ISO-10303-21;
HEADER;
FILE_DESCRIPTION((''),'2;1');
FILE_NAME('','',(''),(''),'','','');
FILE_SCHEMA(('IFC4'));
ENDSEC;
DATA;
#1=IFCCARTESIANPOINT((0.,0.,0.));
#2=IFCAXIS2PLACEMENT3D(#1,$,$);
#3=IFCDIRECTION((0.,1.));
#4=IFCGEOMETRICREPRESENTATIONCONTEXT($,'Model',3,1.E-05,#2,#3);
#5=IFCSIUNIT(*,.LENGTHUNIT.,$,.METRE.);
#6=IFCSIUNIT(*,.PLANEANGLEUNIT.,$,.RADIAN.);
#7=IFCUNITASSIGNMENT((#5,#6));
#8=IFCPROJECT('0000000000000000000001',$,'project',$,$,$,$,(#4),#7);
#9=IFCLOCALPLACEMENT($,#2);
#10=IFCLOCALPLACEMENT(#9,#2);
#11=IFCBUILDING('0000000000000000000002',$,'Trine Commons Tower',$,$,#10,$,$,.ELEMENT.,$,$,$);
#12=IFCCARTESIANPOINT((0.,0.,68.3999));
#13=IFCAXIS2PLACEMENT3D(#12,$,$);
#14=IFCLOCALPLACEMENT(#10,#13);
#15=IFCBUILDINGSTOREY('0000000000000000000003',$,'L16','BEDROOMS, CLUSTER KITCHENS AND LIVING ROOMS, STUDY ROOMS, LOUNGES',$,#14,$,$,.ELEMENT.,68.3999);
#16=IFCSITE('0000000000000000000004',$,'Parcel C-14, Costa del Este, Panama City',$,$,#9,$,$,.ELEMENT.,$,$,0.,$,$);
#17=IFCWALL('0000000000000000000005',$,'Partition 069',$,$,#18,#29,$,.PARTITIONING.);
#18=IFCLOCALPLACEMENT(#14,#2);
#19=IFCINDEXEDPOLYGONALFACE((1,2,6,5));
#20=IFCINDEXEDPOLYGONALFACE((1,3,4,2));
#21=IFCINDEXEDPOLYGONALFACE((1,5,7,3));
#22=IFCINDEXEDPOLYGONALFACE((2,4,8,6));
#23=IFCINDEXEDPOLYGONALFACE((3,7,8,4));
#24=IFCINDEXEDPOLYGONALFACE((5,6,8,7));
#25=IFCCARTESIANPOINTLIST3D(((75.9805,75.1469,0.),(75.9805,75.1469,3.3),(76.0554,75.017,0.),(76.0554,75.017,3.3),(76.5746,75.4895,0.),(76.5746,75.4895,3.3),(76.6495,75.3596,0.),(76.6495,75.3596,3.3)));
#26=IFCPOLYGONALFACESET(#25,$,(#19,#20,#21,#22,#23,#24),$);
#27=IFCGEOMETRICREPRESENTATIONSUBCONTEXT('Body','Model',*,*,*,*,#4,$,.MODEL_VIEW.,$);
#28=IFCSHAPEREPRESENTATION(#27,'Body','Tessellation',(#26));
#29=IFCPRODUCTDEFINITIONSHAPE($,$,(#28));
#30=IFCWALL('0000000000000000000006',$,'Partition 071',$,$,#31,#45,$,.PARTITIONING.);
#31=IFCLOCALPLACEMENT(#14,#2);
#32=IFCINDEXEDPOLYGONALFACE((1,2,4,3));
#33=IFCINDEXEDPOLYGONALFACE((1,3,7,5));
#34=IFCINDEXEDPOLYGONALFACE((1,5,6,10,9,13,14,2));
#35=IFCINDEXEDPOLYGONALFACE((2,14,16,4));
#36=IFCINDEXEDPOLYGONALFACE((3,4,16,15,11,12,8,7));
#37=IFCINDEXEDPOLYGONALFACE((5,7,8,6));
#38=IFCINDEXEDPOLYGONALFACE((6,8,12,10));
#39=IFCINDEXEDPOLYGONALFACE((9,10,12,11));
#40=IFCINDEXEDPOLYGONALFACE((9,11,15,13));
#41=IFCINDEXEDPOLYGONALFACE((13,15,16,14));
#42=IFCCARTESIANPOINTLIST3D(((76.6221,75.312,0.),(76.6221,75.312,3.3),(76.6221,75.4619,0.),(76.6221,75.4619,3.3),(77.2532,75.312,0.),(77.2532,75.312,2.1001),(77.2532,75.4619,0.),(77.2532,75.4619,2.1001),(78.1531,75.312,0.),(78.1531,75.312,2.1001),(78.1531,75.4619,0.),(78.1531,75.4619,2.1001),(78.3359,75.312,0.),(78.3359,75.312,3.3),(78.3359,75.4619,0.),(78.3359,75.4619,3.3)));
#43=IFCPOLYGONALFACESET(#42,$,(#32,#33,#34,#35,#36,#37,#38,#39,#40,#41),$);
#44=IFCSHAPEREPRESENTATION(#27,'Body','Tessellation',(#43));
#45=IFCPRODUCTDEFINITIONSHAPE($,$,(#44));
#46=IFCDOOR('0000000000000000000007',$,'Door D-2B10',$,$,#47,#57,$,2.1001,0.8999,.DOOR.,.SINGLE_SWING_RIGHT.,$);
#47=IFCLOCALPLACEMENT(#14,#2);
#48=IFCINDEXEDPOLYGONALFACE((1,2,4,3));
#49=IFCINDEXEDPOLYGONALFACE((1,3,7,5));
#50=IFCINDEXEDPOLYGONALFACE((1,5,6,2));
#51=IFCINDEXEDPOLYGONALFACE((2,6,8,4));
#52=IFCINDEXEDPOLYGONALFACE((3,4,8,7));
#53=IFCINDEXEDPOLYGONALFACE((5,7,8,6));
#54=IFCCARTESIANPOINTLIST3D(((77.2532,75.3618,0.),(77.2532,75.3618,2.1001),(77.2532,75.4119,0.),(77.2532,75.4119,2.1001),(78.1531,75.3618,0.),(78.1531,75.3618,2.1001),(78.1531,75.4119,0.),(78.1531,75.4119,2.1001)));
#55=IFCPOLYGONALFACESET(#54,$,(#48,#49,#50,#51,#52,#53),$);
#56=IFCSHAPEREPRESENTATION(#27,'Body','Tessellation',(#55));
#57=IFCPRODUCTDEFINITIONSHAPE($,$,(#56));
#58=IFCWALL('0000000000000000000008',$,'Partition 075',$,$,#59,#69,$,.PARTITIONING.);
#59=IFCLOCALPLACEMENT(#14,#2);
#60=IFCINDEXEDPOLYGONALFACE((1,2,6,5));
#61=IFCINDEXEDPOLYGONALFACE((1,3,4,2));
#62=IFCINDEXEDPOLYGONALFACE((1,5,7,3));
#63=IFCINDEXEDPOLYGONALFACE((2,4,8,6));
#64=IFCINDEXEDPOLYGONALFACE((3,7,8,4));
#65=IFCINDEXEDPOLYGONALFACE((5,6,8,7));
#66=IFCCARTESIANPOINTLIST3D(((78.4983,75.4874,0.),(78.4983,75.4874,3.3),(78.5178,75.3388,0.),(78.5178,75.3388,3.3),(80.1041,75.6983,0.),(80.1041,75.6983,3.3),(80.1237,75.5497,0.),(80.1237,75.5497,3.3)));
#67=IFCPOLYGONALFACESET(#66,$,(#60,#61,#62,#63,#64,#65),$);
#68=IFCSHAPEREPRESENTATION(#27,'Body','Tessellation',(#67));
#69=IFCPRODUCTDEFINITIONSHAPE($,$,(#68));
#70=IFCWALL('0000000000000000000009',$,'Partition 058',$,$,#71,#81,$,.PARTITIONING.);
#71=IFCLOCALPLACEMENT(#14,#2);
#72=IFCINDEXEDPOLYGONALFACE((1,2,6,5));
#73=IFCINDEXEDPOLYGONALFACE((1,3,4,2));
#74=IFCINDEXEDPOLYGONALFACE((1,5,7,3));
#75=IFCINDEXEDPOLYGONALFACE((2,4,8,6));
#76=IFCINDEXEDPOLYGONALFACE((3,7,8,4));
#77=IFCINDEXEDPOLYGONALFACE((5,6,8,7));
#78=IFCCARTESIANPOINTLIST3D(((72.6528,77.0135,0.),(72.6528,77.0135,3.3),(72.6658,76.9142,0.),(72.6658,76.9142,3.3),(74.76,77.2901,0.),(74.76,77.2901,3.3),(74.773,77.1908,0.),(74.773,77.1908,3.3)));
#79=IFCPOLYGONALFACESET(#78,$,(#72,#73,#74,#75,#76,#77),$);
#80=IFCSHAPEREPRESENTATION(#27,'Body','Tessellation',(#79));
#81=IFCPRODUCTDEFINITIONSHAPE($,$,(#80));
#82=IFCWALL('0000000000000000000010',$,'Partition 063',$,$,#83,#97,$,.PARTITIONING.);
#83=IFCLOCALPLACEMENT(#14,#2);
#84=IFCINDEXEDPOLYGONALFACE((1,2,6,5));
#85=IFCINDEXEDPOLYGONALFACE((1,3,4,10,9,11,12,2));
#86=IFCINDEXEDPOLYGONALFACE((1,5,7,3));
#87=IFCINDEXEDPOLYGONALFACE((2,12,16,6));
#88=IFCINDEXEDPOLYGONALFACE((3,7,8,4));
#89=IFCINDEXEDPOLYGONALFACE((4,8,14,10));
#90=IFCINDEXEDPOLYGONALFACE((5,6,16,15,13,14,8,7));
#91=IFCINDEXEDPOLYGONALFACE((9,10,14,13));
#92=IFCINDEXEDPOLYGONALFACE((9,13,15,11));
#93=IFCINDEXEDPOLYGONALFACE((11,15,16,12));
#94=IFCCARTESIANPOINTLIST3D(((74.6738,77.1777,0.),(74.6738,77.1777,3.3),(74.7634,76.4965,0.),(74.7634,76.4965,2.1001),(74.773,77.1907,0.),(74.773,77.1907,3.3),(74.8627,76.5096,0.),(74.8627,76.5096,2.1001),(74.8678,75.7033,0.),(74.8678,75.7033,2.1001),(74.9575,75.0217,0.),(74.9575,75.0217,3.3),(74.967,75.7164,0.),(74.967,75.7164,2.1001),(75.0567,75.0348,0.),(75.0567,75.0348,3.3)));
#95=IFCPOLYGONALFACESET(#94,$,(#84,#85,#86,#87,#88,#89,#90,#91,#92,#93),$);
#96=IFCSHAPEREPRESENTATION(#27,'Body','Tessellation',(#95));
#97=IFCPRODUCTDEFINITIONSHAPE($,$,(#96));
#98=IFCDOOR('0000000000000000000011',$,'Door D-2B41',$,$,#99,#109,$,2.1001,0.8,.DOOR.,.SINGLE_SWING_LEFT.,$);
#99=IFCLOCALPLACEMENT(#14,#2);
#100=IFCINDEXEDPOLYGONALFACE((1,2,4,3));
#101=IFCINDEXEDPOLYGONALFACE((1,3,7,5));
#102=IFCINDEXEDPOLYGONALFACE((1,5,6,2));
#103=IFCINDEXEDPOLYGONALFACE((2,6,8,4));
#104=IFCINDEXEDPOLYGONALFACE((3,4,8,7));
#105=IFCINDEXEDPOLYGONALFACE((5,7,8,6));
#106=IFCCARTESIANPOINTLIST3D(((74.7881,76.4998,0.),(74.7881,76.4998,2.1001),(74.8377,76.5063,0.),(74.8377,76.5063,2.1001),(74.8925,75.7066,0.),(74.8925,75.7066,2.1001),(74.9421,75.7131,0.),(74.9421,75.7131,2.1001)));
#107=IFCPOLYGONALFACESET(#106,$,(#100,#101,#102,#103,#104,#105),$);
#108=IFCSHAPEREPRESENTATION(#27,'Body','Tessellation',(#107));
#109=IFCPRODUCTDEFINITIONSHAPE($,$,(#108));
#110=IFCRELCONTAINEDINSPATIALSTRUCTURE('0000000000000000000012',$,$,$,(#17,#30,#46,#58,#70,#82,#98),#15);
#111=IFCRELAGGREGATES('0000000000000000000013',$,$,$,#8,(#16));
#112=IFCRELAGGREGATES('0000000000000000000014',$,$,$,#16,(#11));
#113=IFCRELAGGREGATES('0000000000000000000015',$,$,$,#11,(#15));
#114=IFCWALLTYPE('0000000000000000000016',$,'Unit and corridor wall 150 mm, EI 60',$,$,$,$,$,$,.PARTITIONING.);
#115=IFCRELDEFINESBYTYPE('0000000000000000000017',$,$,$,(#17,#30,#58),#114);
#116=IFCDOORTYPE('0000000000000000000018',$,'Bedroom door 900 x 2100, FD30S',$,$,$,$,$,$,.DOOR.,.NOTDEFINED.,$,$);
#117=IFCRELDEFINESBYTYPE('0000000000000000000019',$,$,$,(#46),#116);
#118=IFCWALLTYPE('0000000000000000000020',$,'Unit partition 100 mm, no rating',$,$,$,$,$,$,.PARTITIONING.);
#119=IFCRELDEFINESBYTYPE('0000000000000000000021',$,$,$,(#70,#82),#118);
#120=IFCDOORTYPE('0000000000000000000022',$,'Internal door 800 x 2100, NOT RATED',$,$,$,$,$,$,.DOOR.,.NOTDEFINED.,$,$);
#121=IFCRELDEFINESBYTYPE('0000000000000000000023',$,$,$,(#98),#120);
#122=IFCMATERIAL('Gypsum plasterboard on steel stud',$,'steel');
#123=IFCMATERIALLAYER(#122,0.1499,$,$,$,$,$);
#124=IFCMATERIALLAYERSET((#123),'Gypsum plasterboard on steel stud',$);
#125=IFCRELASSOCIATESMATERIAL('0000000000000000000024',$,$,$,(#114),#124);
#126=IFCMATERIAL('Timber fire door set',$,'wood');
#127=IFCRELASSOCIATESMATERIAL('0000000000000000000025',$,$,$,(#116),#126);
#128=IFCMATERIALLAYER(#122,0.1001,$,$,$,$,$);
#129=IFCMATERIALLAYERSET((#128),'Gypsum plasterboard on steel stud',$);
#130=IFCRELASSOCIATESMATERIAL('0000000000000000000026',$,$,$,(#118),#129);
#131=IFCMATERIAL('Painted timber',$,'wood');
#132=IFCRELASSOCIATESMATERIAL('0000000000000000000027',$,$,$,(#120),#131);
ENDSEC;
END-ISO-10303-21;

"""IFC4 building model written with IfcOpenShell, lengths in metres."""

from ifc_helpers import new_model, si_unit, direction, frame, frame_2d, origin, place, context, subcontext, project, spatial, rectangle, extrude, material, layer, layer_set, type_object, element, fill, save


model = new_model("IFC4")

# Units and contexts
model_context = context("Model", 3, precision=1e-05, world=origin(), true_north=direction((0.0, 1.0)))
body_context = subcontext(model_context, "Body", "Model", "MODEL_VIEW")
ifc_project = project(units=[si_unit("LENGTHUNIT", "METRE"), si_unit("PLANEANGLEUNIT", "RADIAN")], contexts=[model_context])

# Site, building, storey
site_placement = place(None, origin())
site = spatial("IfcSite", under=ifc_project, at=site_placement, Name="Parcel C-14, Costa del Este, Panama City", CompositionType="ELEMENT", RefElevation=0.0)
building_placement = place(site_placement, origin())
building = spatial("IfcBuilding", under=site, at=building_placement, Name="Trine Commons Tower", CompositionType="ELEMENT")
storey_placement = place(building_placement, frame((0.0, 0.0, 68.3999)))
storey = spatial("IfcBuildingStorey", under=building, at=storey_placement, Name="L16", Description="BEDROOMS, CLUSTER KITCHENS AND LIVING ROOMS, STUDY ROOMS, LOUNGES", CompositionType="ELEMENT", Elevation=68.3999)

# Wall
ifc_material_1 = material(Name="Gypsum plasterboard on steel stud", Category="steel")
ifc_layer_1 = layer(ifc_material_1, 0.1499)
ifc_layer_set_1 = layer_set([ifc_layer_1], Name="Gypsum plasterboard on steel stud")
wall_type_1 = type_object("IfcWallType", Name="Unit and corridor wall 150 mm, EI 60", PredefinedType="PARTITIONING", material=ifc_layer_set_1)
wall_1_placement = place(storey_placement, frame((76.0181, 75.082, 0.0), z_axis=(0.0, 0.0, 1.0), x_axis=(0.866286, 0.499548, 0.0)))
element("IfcWall", 1, at=wall_1_placement, inside=storey, type_object=wall_type_1, Name="Partition 069", PredefinedType="PARTITIONING", context=body_context, shape_type="SweptSolid", body=[
    extrude(rectangle(XDim=0.6858, YDim=0.1499, at=frame_2d((0.3428, 0.0))), origin(), (0.0, 0.0, 1.0), 3.3),
])

# Wall, opening, door
wall_2_placement = place(storey_placement, frame((76.6221, 75.387, 0.0), z_axis=(0.0, 0.0, 1.0), x_axis=(1.0, 0.0, 0.0)))
wall_2 = element("IfcWall", 2, at=wall_2_placement, inside=storey, type_object=wall_type_1, Name="Partition 071", PredefinedType="PARTITIONING", context=body_context, shape_type="SweptSolid", body=[
    extrude(rectangle(XDim=1.7139, YDim=0.1499, at=frame_2d((0.8569, 0.0))), origin(), (0.0, 0.0, 1.0), 3.3),
])
opening_1_placement = place(wall_2_placement, frame((0.6311, 0.0, 0.0)))
opening_1 = element("IfcOpeningElement", 3, at=opening_1_placement, cuts=wall_2, PredefinedType="OPENING", context=body_context, shape_type="SweptSolid", body=[
    extrude(rectangle(XDim=0.8999, YDim=2.1001, at=frame_2d((0.45, 1.05))), frame((0.0, 0.085, 0.0), z_axis=(0.0, -1.0, 0.0), x_axis=(1.0, 0.0, 0.0)), (0.0, 0.0, 1.0), 0.1699),
])
ifc_material_2 = material(Name="Timber fire door set", Category="wood")
door_type_1 = type_object("IfcDoorType", Name="Bedroom door 900 x 2100, FD30S", OperationType="NOTDEFINED", PredefinedType="DOOR", material=ifc_material_2)
door_1_placement = place(opening_1_placement, origin())
door_1 = element("IfcDoor", 4, at=door_1_placement, inside=storey, type_object=door_type_1, Name="Door D-2B10", OperationType="SINGLE_SWING_RIGHT", OverallHeight=2.1001, OverallWidth=0.8999, PredefinedType="DOOR", context=body_context, shape_type="SweptSolid", body=[
    extrude(rectangle(XDim=0.8999, YDim=2.1001, at=frame_2d((0.45, 1.05))), frame((0.0, 0.0249, 0.0), z_axis=(0.0, -1.0, 0.0), x_axis=(1.0, 0.0, 0.0)), (0.0, 0.0, 1.0), 0.05),
])
fill(opening_1, door_1)

# Walls
wall_3_placement = place(storey_placement, frame((78.5081, 75.4131, 0.0), z_axis=(0.0, 0.0, 1.0), x_axis=(0.991484, 0.130228, 0.0)))
element("IfcWall", 5, at=wall_3_placement, inside=storey, type_object=wall_type_1, Name="Partition 075", PredefinedType="PARTITIONING", context=body_context, shape_type="SweptSolid", body=[
    extrude(rectangle(XDim=1.6196, YDim=0.1499, at=frame_2d((0.8098, 0.0))), origin(), (0.0, 0.0, 1.0), 3.3),
])
ifc_layer_2 = layer(ifc_material_1, 0.1001)
ifc_layer_set_2 = layer_set([ifc_layer_2], Name="Gypsum plasterboard on steel stud")
wall_type_2 = type_object("IfcWallType", Name="Unit partition 100 mm, no rating", PredefinedType="PARTITIONING", material=ifc_layer_set_2)
wall_4_placement = place(storey_placement, frame((72.6594, 76.9639, 0.0), z_axis=(0.0, 0.0, 1.0), x_axis=(0.991494, 0.130154, 0.0)))
element("IfcWall", 6, at=wall_4_placement, inside=storey, type_object=wall_type_2, Name="Partition 058", PredefinedType="PARTITIONING", context=body_context, shape_type="SweptSolid", body=[
    extrude(rectangle(XDim=2.1252, YDim=0.1001, at=frame_2d((1.0625, 0.0))), origin(), (0.0, 0.0, 1.0), 3.3),
])

# Wall, opening, door
wall_5_placement = place(storey_placement, frame((74.7234, 77.1843, 0.0), z_axis=(0.0, 0.0, 1.0), x_axis=(0.130457, -0.991454, 0.0)))
wall_5 = element("IfcWall", 7, at=wall_5_placement, inside=storey, type_object=wall_type_2, Name="Partition 063", PredefinedType="PARTITIONING", context=body_context, shape_type="SweptSolid", body=[
    extrude(rectangle(XDim=2.1746, YDim=0.1001, at=frame_2d((1.0874, 0.0))), origin(), (0.0, 0.0, 1.0), 3.3),
])
opening_2_placement = place(wall_5_placement, frame((0.6873, 0.0, 0.0)))
opening_2 = element("IfcOpeningElement", 8, at=opening_2_placement, cuts=wall_5, PredefinedType="OPENING", context=body_context, shape_type="SweptSolid", body=[
    extrude(rectangle(XDim=0.8, YDim=2.1001, at=frame_2d((0.3999, 1.05))), frame((0.0, 0.0601, 0.0), z_axis=(0.0, -1.0, 0.0), x_axis=(1.0, 0.0, 0.0)), (0.0, 0.0, 1.0), 0.1201),
])
ifc_material_3 = material(Name="Painted timber", Category="wood")
door_type_2 = type_object("IfcDoorType", Name="Internal door 800 x 2100, NOT RATED", OperationType="NOTDEFINED", PredefinedType="DOOR", material=ifc_material_3)
door_2_placement = place(opening_2_placement, origin())
door_2 = element("IfcDoor", 9, at=door_2_placement, inside=storey, type_object=door_type_2, Name="Door D-2B41", OperationType="SINGLE_SWING_LEFT", OverallHeight=2.1001, OverallWidth=0.8, PredefinedType="DOOR", context=body_context, shape_type="SweptSolid", body=[
    extrude(rectangle(XDim=0.8, YDim=2.1001, at=frame_2d((0.3999, 1.05))), frame((0.0, 0.0249, 0.0), z_axis=(0.0, -1.0, 0.0), x_axis=(1.0, 0.0, 0.0)), (0.0, 0.0, 1.0), 0.05),
])
fill(opening_2, door_2)

save(model, "model.ifc")
